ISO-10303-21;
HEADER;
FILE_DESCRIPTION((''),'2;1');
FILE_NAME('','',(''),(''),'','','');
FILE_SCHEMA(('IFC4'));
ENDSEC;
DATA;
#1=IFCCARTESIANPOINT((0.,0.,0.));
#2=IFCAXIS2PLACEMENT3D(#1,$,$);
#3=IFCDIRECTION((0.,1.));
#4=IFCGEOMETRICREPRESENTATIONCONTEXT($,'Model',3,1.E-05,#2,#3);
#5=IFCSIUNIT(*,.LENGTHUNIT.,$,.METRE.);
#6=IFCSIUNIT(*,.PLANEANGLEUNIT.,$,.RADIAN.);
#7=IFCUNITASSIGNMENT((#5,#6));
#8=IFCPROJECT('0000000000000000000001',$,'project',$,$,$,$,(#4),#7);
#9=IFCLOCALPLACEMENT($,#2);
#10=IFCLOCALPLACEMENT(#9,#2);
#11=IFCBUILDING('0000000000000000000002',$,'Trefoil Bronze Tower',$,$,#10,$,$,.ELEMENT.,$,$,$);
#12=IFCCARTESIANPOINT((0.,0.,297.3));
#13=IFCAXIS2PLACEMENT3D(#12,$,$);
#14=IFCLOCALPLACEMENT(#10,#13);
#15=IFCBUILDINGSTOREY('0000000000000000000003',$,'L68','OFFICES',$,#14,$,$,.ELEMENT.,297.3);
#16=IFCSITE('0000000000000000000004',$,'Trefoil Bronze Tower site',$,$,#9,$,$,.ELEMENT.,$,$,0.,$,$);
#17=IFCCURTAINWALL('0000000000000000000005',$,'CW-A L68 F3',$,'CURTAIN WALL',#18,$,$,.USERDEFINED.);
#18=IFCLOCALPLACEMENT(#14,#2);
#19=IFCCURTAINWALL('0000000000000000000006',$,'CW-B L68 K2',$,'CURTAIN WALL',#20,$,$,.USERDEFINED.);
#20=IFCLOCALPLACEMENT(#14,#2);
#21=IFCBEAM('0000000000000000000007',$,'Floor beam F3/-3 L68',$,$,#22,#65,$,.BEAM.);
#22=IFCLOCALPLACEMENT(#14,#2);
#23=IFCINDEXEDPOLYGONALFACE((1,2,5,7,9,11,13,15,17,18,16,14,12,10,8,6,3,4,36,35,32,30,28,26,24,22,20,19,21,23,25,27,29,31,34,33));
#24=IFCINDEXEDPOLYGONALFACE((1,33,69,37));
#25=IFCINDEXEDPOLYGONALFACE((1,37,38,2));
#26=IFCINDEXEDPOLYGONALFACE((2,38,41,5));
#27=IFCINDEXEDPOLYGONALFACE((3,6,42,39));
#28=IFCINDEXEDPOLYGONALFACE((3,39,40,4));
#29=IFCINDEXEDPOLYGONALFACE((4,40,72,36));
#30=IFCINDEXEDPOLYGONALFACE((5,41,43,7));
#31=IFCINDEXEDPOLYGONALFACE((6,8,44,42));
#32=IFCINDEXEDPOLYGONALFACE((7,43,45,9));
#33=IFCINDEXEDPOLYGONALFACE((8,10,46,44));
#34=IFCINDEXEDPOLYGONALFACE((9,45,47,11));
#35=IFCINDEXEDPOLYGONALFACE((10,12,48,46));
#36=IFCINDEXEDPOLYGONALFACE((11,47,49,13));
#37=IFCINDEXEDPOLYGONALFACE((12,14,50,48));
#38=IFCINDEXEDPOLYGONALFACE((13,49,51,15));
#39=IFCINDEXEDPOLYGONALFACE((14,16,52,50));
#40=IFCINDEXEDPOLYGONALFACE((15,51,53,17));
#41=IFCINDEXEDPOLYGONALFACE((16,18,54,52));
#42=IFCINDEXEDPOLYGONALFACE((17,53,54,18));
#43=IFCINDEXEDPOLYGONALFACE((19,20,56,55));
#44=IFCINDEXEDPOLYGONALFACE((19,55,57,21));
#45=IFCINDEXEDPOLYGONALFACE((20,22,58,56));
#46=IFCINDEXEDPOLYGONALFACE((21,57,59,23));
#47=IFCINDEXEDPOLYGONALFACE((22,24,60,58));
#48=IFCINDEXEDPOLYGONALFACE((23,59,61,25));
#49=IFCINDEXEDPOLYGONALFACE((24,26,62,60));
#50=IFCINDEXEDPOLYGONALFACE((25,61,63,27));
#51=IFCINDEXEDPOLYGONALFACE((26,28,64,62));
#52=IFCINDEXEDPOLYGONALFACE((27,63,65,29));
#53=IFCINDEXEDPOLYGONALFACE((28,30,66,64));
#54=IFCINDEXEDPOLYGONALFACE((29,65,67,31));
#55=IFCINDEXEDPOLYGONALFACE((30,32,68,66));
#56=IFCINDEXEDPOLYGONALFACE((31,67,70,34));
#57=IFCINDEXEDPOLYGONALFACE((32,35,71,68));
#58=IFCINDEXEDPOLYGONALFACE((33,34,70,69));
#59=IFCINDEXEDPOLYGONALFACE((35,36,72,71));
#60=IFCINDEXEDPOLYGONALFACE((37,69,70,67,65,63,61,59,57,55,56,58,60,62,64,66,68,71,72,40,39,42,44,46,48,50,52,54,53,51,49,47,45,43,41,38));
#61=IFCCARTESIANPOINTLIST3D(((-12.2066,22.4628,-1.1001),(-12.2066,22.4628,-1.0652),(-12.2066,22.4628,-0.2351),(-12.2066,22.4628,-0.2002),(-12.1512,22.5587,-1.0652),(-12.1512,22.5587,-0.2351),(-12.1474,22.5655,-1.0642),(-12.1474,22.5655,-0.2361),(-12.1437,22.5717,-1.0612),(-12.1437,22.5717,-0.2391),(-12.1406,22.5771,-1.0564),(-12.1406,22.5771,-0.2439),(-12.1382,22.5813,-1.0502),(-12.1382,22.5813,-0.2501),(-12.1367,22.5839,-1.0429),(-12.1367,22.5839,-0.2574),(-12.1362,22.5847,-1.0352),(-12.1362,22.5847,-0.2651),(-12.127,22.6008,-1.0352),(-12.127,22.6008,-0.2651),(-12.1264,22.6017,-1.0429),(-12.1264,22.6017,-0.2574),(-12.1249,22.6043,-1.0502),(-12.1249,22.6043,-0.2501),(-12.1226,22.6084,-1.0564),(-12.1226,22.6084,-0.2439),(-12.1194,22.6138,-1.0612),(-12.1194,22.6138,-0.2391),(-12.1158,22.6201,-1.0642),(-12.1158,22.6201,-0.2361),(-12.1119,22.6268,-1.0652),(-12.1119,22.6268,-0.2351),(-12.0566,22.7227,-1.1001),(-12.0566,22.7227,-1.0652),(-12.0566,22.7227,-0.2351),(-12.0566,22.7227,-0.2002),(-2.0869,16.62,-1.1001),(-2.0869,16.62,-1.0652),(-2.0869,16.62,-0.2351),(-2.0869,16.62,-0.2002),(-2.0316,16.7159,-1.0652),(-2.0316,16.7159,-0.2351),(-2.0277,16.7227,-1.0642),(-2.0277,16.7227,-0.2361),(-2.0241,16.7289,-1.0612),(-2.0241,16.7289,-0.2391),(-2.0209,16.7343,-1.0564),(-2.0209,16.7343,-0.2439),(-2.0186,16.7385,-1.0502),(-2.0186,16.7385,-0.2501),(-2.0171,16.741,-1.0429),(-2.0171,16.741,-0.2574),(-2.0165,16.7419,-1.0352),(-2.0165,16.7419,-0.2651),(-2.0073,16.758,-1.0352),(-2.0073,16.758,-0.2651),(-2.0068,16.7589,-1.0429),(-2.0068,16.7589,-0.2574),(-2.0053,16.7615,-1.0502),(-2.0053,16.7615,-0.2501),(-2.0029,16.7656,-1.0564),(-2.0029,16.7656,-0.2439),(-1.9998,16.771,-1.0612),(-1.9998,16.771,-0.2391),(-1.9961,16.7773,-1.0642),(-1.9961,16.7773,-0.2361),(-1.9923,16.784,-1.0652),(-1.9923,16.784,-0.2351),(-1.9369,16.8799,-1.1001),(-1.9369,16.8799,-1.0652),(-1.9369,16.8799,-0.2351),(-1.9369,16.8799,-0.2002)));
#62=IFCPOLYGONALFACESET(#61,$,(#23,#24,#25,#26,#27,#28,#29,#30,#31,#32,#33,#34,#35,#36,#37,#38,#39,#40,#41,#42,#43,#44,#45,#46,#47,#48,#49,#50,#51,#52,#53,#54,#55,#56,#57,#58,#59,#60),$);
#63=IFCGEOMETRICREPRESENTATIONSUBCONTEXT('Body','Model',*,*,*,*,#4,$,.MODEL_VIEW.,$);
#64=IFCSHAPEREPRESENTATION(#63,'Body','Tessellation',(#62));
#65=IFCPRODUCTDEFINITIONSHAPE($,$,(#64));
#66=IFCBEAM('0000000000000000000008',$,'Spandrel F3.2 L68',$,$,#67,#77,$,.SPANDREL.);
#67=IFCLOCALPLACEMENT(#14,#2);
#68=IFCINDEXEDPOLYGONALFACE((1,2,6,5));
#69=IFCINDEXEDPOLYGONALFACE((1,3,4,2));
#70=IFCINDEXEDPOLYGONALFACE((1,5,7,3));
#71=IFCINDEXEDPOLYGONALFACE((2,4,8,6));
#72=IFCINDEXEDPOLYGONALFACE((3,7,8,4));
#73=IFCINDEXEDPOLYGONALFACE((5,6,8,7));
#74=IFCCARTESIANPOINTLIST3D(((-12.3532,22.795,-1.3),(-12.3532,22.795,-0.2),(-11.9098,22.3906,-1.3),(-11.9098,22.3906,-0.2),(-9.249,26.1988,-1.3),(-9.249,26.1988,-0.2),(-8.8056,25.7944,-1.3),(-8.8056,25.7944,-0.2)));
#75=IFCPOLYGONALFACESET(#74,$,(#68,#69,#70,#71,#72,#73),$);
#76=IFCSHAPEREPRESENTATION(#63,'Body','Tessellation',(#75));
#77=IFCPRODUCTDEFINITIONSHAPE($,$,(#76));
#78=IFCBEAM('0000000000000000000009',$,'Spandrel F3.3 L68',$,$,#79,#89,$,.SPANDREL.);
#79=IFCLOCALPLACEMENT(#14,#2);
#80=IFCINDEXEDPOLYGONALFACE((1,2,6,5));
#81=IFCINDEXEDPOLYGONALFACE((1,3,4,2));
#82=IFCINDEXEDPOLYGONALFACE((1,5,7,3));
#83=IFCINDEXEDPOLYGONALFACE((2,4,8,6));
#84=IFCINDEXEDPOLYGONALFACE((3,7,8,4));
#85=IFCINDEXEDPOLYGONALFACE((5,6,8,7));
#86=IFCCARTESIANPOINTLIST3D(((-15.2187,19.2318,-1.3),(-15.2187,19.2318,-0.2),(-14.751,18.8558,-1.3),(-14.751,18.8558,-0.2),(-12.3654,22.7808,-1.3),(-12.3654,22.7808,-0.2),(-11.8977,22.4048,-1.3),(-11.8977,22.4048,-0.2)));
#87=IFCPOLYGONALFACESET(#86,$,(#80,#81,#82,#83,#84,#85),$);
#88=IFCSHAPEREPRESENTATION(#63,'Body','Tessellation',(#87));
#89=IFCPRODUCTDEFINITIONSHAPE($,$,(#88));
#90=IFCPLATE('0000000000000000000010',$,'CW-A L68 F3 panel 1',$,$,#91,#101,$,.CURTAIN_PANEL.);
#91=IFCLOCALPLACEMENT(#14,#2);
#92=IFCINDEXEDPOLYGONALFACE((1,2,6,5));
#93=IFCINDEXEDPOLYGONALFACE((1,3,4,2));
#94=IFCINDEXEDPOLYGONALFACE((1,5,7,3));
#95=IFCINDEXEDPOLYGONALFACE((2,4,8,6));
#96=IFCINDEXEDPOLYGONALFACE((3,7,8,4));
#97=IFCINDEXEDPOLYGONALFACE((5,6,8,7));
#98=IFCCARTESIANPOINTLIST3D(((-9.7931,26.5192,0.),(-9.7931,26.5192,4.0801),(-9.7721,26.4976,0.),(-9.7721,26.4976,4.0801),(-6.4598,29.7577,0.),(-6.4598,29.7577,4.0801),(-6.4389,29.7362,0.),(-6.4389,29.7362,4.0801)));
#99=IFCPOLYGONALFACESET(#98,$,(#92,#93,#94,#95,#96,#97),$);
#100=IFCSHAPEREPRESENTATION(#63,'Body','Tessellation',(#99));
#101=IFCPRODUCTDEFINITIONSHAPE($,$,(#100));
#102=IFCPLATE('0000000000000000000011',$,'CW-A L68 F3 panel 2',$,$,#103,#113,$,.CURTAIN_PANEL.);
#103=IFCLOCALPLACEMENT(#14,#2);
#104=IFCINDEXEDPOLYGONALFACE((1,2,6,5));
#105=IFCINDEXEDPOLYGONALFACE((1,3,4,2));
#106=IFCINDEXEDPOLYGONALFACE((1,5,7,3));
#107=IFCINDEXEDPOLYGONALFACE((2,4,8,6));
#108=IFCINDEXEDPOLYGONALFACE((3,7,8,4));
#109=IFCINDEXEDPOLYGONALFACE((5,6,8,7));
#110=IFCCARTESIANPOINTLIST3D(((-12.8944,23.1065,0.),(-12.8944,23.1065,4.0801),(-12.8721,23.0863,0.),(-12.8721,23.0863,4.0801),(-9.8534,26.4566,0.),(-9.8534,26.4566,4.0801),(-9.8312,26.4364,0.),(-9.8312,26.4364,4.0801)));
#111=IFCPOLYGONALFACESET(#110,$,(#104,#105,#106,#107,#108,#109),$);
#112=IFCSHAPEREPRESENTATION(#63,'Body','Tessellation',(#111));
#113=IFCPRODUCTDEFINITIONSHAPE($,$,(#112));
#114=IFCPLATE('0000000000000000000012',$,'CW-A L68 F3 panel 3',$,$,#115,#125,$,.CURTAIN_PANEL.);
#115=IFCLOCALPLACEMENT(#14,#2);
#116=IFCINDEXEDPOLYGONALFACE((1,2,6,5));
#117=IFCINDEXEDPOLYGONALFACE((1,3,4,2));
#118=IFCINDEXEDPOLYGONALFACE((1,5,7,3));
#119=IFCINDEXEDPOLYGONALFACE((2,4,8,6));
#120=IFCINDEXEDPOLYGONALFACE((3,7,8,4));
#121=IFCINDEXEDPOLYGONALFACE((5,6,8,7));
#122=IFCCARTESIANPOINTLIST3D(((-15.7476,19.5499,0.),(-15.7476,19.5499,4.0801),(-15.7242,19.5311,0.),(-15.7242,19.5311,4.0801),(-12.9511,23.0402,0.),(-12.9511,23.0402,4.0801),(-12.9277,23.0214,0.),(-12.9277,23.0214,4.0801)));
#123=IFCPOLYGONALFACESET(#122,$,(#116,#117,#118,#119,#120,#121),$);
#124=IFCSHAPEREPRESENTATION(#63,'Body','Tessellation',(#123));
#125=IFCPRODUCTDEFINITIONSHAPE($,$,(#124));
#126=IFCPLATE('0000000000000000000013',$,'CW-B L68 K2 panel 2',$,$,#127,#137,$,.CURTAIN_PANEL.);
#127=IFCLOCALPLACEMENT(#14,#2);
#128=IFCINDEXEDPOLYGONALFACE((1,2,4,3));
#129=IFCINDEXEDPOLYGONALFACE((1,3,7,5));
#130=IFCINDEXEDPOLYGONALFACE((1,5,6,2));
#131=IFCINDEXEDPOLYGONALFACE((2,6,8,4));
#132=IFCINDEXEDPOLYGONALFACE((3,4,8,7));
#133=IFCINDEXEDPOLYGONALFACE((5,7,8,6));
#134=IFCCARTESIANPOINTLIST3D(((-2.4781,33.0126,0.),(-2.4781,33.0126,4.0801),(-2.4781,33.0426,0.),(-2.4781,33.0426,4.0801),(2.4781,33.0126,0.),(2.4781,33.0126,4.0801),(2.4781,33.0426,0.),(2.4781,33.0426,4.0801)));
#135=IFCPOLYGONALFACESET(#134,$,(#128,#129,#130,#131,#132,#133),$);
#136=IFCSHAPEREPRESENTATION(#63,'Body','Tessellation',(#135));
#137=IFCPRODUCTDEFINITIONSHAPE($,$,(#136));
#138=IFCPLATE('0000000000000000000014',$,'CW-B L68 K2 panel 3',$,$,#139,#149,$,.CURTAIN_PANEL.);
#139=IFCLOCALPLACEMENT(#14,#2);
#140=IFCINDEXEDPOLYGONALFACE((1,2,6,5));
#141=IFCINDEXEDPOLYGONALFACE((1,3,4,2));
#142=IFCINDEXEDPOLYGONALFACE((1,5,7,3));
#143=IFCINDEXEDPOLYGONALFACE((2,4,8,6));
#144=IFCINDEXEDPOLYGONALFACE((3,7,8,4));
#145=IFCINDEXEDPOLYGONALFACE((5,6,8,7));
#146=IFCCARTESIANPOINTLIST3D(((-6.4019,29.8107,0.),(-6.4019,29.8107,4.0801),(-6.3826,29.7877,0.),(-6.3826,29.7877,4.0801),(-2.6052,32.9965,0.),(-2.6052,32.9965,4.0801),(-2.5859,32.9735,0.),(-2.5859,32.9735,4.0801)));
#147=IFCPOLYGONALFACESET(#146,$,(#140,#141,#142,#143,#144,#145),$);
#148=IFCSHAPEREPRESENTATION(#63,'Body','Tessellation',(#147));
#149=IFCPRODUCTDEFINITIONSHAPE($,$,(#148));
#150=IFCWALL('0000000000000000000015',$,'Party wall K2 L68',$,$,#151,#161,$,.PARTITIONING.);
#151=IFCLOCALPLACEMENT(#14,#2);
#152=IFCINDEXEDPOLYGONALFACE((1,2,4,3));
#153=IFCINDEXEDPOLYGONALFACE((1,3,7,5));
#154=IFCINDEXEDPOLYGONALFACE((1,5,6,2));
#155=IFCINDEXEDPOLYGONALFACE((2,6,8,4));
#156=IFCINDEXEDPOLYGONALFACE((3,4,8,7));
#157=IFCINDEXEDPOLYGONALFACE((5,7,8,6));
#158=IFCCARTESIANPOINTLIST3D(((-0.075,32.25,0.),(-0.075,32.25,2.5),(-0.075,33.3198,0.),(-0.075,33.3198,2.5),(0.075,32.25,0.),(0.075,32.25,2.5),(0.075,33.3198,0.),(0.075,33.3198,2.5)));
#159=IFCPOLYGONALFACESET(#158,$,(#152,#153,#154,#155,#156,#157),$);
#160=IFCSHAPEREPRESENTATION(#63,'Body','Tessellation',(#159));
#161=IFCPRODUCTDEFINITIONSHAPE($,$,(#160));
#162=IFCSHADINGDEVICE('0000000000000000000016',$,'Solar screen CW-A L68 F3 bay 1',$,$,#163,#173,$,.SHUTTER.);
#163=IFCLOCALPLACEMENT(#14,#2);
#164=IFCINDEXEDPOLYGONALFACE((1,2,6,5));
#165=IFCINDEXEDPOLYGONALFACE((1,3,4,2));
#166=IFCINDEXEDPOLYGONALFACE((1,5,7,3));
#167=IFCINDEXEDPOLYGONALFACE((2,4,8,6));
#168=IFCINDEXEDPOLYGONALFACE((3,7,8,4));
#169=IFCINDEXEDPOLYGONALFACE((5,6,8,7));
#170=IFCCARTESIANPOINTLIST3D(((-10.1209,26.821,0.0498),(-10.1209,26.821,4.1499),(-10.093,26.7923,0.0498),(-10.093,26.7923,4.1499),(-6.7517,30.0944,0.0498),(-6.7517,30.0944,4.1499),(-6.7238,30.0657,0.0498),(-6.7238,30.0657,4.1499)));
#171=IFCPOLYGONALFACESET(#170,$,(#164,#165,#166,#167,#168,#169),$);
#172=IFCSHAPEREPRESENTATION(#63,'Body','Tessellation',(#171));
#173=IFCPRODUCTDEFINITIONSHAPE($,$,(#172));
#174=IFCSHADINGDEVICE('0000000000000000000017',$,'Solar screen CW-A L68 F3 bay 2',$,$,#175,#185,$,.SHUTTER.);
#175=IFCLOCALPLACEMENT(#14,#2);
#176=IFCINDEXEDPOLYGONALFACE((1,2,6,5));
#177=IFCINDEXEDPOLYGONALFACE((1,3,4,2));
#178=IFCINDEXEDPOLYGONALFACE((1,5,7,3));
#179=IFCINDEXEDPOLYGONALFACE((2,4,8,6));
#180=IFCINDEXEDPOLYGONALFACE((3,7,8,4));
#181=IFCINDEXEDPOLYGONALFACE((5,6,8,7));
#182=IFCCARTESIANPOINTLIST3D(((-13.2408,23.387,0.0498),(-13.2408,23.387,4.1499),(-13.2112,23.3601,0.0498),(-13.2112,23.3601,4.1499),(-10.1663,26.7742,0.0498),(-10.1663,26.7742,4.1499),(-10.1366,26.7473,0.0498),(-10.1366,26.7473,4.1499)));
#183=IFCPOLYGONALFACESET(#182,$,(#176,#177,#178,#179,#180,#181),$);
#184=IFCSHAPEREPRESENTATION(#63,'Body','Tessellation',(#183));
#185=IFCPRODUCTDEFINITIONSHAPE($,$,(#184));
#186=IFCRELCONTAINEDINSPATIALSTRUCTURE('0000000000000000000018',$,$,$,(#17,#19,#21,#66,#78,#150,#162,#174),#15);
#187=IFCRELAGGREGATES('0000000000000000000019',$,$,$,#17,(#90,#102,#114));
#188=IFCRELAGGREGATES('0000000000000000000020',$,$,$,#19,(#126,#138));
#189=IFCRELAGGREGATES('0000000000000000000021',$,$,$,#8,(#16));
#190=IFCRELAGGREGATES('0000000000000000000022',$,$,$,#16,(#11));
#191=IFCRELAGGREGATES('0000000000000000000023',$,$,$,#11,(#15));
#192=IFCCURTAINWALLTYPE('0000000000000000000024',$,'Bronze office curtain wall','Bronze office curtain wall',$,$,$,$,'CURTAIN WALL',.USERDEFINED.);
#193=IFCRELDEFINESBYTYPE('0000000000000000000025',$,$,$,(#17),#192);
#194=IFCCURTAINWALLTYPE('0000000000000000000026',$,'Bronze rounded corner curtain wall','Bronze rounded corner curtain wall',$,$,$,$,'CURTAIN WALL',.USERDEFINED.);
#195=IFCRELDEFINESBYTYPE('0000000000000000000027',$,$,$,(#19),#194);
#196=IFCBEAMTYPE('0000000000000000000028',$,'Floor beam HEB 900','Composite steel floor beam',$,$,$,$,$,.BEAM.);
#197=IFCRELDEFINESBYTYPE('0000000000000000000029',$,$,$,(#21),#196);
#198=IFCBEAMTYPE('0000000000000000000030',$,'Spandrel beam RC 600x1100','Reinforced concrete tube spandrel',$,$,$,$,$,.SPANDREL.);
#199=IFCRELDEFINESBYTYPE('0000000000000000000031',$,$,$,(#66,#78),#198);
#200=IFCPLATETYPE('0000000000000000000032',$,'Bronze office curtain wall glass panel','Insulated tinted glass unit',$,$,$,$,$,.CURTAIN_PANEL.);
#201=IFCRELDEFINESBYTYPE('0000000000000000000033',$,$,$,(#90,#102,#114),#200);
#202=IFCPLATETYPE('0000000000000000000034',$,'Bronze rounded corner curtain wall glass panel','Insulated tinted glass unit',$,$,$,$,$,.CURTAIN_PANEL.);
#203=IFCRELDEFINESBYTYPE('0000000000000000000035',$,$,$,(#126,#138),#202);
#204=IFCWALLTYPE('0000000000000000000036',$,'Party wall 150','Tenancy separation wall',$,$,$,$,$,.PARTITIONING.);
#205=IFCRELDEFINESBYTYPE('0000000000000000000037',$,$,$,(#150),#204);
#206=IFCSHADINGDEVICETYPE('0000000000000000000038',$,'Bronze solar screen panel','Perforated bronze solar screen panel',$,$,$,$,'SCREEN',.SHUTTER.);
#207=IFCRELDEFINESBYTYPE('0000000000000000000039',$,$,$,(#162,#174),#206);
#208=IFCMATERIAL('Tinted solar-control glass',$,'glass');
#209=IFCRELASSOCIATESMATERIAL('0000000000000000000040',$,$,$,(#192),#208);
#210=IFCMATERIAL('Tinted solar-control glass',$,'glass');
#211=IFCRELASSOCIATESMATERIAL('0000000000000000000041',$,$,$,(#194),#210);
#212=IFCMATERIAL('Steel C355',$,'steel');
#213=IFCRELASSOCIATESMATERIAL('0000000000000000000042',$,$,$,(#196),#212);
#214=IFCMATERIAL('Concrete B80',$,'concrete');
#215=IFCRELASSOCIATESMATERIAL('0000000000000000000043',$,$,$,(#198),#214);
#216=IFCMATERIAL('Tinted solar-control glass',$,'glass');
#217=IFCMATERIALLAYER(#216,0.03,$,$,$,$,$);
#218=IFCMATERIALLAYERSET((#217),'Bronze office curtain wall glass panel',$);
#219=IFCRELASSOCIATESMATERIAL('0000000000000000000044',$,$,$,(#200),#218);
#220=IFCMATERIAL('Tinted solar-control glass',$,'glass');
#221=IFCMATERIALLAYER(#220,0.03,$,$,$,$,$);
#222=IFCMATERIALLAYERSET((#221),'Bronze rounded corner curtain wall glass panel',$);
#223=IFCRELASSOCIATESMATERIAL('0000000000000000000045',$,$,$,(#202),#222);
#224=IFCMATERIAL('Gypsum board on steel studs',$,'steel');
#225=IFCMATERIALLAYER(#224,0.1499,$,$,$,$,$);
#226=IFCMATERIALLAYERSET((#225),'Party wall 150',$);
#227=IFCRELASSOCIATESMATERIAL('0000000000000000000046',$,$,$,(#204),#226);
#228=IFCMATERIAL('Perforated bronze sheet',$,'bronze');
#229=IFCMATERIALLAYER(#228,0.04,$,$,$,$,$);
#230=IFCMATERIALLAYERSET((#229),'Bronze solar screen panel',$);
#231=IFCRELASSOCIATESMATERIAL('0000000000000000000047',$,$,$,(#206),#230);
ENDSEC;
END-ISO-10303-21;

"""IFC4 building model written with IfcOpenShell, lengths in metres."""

from ifc_helpers import new_model, si_unit, direction, frame, frame_2d, origin, origin_2d, place, context, subcontext, project, spatial, rectangle, i_section, extrude, material, layer, layer_set, material_profile, profile_set, type_object, element, aggregate, save


model = new_model("IFC4")

# Units and contexts
model_context = context("Model", 3, precision=1e-05, world=origin(), true_north=direction((0.0, 1.0)))
body_context = subcontext(model_context, "Body", "Model", "MODEL_VIEW")
ifc_project = project(units=[si_unit("LENGTHUNIT", "METRE"), si_unit("PLANEANGLEUNIT", "RADIAN")], contexts=[model_context])

# Site, building, storey
site_placement = place(None, origin())
site = spatial("IfcSite", under=ifc_project, at=site_placement, Name="Trefoil Bronze Tower site", CompositionType="ELEMENT", RefElevation=0.0)
building_placement = place(site_placement, origin())
building = spatial("IfcBuilding", under=site, at=building_placement, Name="Trefoil Bronze Tower", CompositionType="ELEMENT")
storey_placement = place(building_placement, frame((0.0, 0.0, 297.3)))
storey = spatial("IfcBuildingStorey", under=building, at=storey_placement, Name="L68", Description="OFFICES", CompositionType="ELEMENT", Elevation=297.3)

# Curtain walls
ifc_material_1 = material(Name="Tinted solar-control glass", Category="glass")
curtain_wall_type_1 = type_object("IfcCurtainWallType", Name="Bronze office curtain wall", Description="Bronze office curtain wall", ElementType="CURTAIN WALL", PredefinedType="USERDEFINED", material=ifc_material_1)
curtain_wall_1_placement = place(storey_placement, origin())
curtain_wall_1 = element("IfcCurtainWall", 1, at=curtain_wall_1_placement, inside=storey, type_object=curtain_wall_type_1, Name="CW-A L68 F3", ObjectType="CURTAIN WALL", PredefinedType="USERDEFINED")
ifc_material_2 = material(Name="Tinted solar-control glass", Category="glass")
curtain_wall_type_2 = type_object("IfcCurtainWallType", Name="Bronze rounded corner curtain wall", Description="Bronze rounded corner curtain wall", ElementType="CURTAIN WALL", PredefinedType="USERDEFINED", material=ifc_material_2)
curtain_wall_2_placement = place(storey_placement, origin())
curtain_wall_2 = element("IfcCurtainWall", 2, at=curtain_wall_2_placement, inside=storey, type_object=curtain_wall_type_2, Name="CW-B L68 K2", ObjectType="CURTAIN WALL", PredefinedType="USERDEFINED")

# Beams
ifc_material_3 = material(Name="Steel C355", Category="steel")
ifc_material_profile_1 = material_profile(ifc_material_3, i_section(OverallWidth=0.3, OverallDepth=0.8999, WebThickness=0.0186, FlangeThickness=0.0349, FilletRadius=0.03, at=origin_2d()), Name="HEB 900")
ifc_profile_set_1 = profile_set([ifc_material_profile_1], Name="Steel C355")
beam_type_1 = type_object("IfcBeamType", Name="Floor beam HEB 900", Description="Composite steel floor beam", PredefinedType="BEAM", material=ifc_profile_set_1)
beam_1_placement = place(storey_placement, frame((-12.1316, 22.5928, -0.6501), z_axis=(0.866018, -0.500013, 0.0), x_axis=(0.500013, 0.866018, 0.0)))
element("IfcBeam", 3, at=beam_1_placement, inside=storey, type_object=beam_type_1, Name="Floor beam F3/-3 L68", PredefinedType="BEAM", context=body_context, shape_type="SweptSolid", body=[
    extrude(i_section(OverallWidth=0.3, OverallDepth=0.8999, WebThickness=0.0186, FlangeThickness=0.0349, FilletRadius=0.03, at=origin_2d()), origin(), (0.0, 0.0, 1.0), 11.6853),
])
ifc_material_4 = material(Name="Concrete B80", Category="concrete")
ifc_material_profile_2 = material_profile(ifc_material_4, rectangle(XDim=0.6001, YDim=1.1001, at=origin_2d()), Name="RC 600x1100")
ifc_profile_set_2 = profile_set([ifc_material_profile_2], Name="Concrete B80")
beam_type_2 = type_object("IfcBeamType", Name="Spandrel beam RC 600x1100", Description="Reinforced concrete tube spandrel", PredefinedType="SPANDREL", material=ifc_profile_set_2)
beam_2_placement = place(storey_placement, frame((-9.0273, 25.9966, -0.75), z_axis=(-0.673846, -0.738872, 0.0), x_axis=(0.738872, -0.673846, 0.0)))
element("IfcBeam", 4, at=beam_2_placement, inside=storey, type_object=beam_type_2, Name="Spandrel F3.2 L68", PredefinedType="SPANDREL", context=body_context, shape_type="SweptSolid", body=[
    extrude(rectangle(XDim=0.6001, YDim=1.1001, at=origin_2d()), origin(), (0.0, 0.0, 1.0), 4.6067),
])
beam_3_placement = place(storey_placement, frame((-12.1316, 22.5928, -0.75), z_axis=(-0.62657, -0.779365, 0.0), x_axis=(0.779365, -0.62657, 0.0)))
element("IfcBeam", 5, at=beam_3_placement, inside=storey, type_object=beam_type_2, Name="Spandrel F3.3 L68", PredefinedType="SPANDREL", context=body_context, shape_type="SweptSolid", body=[
    extrude(rectangle(XDim=0.6001, YDim=1.1001, at=origin_2d()), origin(), (0.0, 0.0, 1.0), 4.5537),
])

# Plates
ifc_material_5 = material(Name="Tinted solar-control glass", Category="glass")
ifc_layer_1 = layer(ifc_material_5, 0.03)
ifc_layer_set_1 = layer_set([ifc_layer_1], Name="Bronze office curtain wall glass panel")
plate_type_1 = type_object("IfcPlateType", Name="Bronze office curtain wall glass panel", Description="Insulated tinted glass unit", PredefinedType="CURTAIN_PANEL", material=ifc_layer_set_1)
plate_1_placement = place(storey_placement, frame((-8.116, 28.1277, 0.0), z_axis=(0.0, 0.0, 1.0), x_axis=(-0.717218, -0.696849, 0.0)))
plate_1 = element("IfcPlate", 6, at=plate_1_placement, type_object=plate_type_1, Name="CW-A L68 F3 panel 1", PredefinedType="CURTAIN_PANEL", context=body_context, shape_type="SweptSolid", body=[
    extrude(rectangle(XDim=4.6475, YDim=0.03, at=origin_2d()), origin(), (0.0, 0.0, 1.0), 4.0801),
])
plate_2_placement = place(storey_placement, frame((-11.3628, 24.7715, 0.0), z_axis=(0.0, 0.0, 1.0), x_axis=(-0.672115, -0.740447, 0.0)))
plate_2 = element("IfcPlate", 7, at=plate_2_placement, type_object=plate_type_1, Name="CW-A L68 F3 panel 2", PredefinedType="CURTAIN_PANEL", context=body_context, shape_type="SweptSolid", body=[
    extrude(rectangle(XDim=4.5244, YDim=0.03, at=origin_2d()), origin(), (0.0, 0.0, 1.0), 4.0801),
])
plate_3_placement = place(storey_placement, frame((-14.3376, 21.2856, 0.0), z_axis=(0.0, 0.0, 1.0), x_axis=(-0.625287, -0.780395, 0.0)))
plate_3 = element("IfcPlate", 8, at=plate_3_placement, type_object=plate_type_1, Name="CW-A L68 F3 panel 3", PredefinedType="CURTAIN_PANEL", context=body_context, shape_type="SweptSolid", body=[
    extrude(rectangle(XDim=4.4724, YDim=0.03, at=origin_2d()), origin(), (0.0, 0.0, 1.0), 4.0801),
])
aggregate(curtain_wall_1, [plate_1, plate_2, plate_3])
ifc_material_6 = material(Name="Tinted solar-control glass", Category="glass")
ifc_layer_2 = layer(ifc_material_6, 0.03)
ifc_layer_set_2 = layer_set([ifc_layer_2], Name="Bronze rounded corner curtain wall glass panel")
plate_type_2 = type_object("IfcPlateType", Name="Bronze rounded corner curtain wall glass panel", Description="Insulated tinted glass unit", PredefinedType="CURTAIN_PANEL", material=ifc_layer_set_2)
plate_4_placement = place(storey_placement, frame((0.0, 33.0276, 0.0), z_axis=(0.0, 0.0, 1.0), x_axis=(-1.0, 0.0, 0.0)))
plate_4 = element("IfcPlate", 9, at=plate_4_placement, type_object=plate_type_2, Name="CW-B L68 K2 panel 2", PredefinedType="CURTAIN_PANEL", context=body_context, shape_type="SweptSolid", body=[
    extrude(rectangle(XDim=4.9563, YDim=0.03, at=origin_2d()), origin(), (0.0, 0.0, 1.0), 4.0801),
])
plate_5_placement = place(storey_placement, frame((-4.4939, 31.3921, 0.0), z_axis=(0.0, 0.0, 1.0), x_axis=(-0.766044, -0.642788, 0.0)))
plate_5 = element("IfcPlate", 10, at=plate_5_placement, type_object=plate_type_2, Name="CW-B L68 K2 panel 3", PredefinedType="CURTAIN_PANEL", context=body_context, shape_type="SweptSolid", body=[
    extrude(rectangle(XDim=4.9563, YDim=0.03, at=origin_2d()), origin(), (0.0, 0.0, 1.0), 4.0801),
])
aggregate(curtain_wall_2, [plate_4, plate_5])

# Wall
ifc_material_7 = material(Name="Gypsum board on steel studs", Category="steel")
ifc_layer_3 = layer(ifc_material_7, 0.1499)
ifc_layer_set_3 = layer_set([ifc_layer_3], Name="Party wall 150")
wall_type = type_object("IfcWallType", Name="Party wall 150", Description="Tenancy separation wall", PredefinedType="PARTITIONING", material=ifc_layer_set_3)
wall_placement = place(storey_placement, frame((0.0, 32.25, 0.0), z_axis=(0.0, 0.0, 1.0), x_axis=(0.0, 1.0, 0.0)))
element("IfcWall", 11, at=wall_placement, inside=storey, type_object=wall_type, Name="Party wall K2 L68", PredefinedType="PARTITIONING", context=body_context, shape_type="SweptSolid", body=[
    extrude(rectangle(XDim=1.0698, YDim=0.1499, at=frame_2d((0.5349, 0.0))), origin(), (0.0, 0.0, 1.0), 2.5),
])

# Shading devices
ifc_material_8 = material(Name="Perforated bronze sheet", Category="bronze")
ifc_layer_4 = layer(ifc_material_8, 0.04)
ifc_layer_set_4 = layer_set([ifc_layer_4], Name="Bronze solar screen panel")
shading_device_type = type_object("IfcShadingDeviceType", Name="Bronze solar screen panel", Description="Perforated bronze solar screen panel", ElementType="SCREEN", PredefinedType="SHUTTER", material=ifc_layer_set_4)
shading_device_1_placement = place(storey_placement, frame((-8.4224, 28.4434, 0.0498), z_axis=(0.0, 0.0, 1.0), x_axis=(-0.717218, -0.696849, 0.0)))
element("IfcShadingDevice", 12, at=shading_device_1_placement, inside=storey, type_object=shading_device_type, Name="Solar screen CW-A L68 F3 bay 1", PredefinedType="SHUTTER", context=body_context, shape_type="SweptSolid", body=[
    extrude(rectangle(XDim=4.6975, YDim=0.04, at=origin_2d()), origin(), (0.0, 0.0, 1.0), 4.1001),
])
shading_device_2_placement = place(storey_placement, frame((-11.6887, 25.0671, 0.0498), z_axis=(0.0, 0.0, 1.0), x_axis=(-0.672115, -0.740447, 0.0)))
element("IfcShadingDevice", 13, at=shading_device_2_placement, inside=storey, type_object=shading_device_type, Name="Solar screen CW-A L68 F3 bay 2", PredefinedType="SHUTTER", context=body_context, shape_type="SweptSolid", body=[
    extrude(rectangle(XDim=4.5745, YDim=0.04, at=origin_2d()), origin(), (0.0, 0.0, 1.0), 4.1001),
])

save(model, "model.ifc")
